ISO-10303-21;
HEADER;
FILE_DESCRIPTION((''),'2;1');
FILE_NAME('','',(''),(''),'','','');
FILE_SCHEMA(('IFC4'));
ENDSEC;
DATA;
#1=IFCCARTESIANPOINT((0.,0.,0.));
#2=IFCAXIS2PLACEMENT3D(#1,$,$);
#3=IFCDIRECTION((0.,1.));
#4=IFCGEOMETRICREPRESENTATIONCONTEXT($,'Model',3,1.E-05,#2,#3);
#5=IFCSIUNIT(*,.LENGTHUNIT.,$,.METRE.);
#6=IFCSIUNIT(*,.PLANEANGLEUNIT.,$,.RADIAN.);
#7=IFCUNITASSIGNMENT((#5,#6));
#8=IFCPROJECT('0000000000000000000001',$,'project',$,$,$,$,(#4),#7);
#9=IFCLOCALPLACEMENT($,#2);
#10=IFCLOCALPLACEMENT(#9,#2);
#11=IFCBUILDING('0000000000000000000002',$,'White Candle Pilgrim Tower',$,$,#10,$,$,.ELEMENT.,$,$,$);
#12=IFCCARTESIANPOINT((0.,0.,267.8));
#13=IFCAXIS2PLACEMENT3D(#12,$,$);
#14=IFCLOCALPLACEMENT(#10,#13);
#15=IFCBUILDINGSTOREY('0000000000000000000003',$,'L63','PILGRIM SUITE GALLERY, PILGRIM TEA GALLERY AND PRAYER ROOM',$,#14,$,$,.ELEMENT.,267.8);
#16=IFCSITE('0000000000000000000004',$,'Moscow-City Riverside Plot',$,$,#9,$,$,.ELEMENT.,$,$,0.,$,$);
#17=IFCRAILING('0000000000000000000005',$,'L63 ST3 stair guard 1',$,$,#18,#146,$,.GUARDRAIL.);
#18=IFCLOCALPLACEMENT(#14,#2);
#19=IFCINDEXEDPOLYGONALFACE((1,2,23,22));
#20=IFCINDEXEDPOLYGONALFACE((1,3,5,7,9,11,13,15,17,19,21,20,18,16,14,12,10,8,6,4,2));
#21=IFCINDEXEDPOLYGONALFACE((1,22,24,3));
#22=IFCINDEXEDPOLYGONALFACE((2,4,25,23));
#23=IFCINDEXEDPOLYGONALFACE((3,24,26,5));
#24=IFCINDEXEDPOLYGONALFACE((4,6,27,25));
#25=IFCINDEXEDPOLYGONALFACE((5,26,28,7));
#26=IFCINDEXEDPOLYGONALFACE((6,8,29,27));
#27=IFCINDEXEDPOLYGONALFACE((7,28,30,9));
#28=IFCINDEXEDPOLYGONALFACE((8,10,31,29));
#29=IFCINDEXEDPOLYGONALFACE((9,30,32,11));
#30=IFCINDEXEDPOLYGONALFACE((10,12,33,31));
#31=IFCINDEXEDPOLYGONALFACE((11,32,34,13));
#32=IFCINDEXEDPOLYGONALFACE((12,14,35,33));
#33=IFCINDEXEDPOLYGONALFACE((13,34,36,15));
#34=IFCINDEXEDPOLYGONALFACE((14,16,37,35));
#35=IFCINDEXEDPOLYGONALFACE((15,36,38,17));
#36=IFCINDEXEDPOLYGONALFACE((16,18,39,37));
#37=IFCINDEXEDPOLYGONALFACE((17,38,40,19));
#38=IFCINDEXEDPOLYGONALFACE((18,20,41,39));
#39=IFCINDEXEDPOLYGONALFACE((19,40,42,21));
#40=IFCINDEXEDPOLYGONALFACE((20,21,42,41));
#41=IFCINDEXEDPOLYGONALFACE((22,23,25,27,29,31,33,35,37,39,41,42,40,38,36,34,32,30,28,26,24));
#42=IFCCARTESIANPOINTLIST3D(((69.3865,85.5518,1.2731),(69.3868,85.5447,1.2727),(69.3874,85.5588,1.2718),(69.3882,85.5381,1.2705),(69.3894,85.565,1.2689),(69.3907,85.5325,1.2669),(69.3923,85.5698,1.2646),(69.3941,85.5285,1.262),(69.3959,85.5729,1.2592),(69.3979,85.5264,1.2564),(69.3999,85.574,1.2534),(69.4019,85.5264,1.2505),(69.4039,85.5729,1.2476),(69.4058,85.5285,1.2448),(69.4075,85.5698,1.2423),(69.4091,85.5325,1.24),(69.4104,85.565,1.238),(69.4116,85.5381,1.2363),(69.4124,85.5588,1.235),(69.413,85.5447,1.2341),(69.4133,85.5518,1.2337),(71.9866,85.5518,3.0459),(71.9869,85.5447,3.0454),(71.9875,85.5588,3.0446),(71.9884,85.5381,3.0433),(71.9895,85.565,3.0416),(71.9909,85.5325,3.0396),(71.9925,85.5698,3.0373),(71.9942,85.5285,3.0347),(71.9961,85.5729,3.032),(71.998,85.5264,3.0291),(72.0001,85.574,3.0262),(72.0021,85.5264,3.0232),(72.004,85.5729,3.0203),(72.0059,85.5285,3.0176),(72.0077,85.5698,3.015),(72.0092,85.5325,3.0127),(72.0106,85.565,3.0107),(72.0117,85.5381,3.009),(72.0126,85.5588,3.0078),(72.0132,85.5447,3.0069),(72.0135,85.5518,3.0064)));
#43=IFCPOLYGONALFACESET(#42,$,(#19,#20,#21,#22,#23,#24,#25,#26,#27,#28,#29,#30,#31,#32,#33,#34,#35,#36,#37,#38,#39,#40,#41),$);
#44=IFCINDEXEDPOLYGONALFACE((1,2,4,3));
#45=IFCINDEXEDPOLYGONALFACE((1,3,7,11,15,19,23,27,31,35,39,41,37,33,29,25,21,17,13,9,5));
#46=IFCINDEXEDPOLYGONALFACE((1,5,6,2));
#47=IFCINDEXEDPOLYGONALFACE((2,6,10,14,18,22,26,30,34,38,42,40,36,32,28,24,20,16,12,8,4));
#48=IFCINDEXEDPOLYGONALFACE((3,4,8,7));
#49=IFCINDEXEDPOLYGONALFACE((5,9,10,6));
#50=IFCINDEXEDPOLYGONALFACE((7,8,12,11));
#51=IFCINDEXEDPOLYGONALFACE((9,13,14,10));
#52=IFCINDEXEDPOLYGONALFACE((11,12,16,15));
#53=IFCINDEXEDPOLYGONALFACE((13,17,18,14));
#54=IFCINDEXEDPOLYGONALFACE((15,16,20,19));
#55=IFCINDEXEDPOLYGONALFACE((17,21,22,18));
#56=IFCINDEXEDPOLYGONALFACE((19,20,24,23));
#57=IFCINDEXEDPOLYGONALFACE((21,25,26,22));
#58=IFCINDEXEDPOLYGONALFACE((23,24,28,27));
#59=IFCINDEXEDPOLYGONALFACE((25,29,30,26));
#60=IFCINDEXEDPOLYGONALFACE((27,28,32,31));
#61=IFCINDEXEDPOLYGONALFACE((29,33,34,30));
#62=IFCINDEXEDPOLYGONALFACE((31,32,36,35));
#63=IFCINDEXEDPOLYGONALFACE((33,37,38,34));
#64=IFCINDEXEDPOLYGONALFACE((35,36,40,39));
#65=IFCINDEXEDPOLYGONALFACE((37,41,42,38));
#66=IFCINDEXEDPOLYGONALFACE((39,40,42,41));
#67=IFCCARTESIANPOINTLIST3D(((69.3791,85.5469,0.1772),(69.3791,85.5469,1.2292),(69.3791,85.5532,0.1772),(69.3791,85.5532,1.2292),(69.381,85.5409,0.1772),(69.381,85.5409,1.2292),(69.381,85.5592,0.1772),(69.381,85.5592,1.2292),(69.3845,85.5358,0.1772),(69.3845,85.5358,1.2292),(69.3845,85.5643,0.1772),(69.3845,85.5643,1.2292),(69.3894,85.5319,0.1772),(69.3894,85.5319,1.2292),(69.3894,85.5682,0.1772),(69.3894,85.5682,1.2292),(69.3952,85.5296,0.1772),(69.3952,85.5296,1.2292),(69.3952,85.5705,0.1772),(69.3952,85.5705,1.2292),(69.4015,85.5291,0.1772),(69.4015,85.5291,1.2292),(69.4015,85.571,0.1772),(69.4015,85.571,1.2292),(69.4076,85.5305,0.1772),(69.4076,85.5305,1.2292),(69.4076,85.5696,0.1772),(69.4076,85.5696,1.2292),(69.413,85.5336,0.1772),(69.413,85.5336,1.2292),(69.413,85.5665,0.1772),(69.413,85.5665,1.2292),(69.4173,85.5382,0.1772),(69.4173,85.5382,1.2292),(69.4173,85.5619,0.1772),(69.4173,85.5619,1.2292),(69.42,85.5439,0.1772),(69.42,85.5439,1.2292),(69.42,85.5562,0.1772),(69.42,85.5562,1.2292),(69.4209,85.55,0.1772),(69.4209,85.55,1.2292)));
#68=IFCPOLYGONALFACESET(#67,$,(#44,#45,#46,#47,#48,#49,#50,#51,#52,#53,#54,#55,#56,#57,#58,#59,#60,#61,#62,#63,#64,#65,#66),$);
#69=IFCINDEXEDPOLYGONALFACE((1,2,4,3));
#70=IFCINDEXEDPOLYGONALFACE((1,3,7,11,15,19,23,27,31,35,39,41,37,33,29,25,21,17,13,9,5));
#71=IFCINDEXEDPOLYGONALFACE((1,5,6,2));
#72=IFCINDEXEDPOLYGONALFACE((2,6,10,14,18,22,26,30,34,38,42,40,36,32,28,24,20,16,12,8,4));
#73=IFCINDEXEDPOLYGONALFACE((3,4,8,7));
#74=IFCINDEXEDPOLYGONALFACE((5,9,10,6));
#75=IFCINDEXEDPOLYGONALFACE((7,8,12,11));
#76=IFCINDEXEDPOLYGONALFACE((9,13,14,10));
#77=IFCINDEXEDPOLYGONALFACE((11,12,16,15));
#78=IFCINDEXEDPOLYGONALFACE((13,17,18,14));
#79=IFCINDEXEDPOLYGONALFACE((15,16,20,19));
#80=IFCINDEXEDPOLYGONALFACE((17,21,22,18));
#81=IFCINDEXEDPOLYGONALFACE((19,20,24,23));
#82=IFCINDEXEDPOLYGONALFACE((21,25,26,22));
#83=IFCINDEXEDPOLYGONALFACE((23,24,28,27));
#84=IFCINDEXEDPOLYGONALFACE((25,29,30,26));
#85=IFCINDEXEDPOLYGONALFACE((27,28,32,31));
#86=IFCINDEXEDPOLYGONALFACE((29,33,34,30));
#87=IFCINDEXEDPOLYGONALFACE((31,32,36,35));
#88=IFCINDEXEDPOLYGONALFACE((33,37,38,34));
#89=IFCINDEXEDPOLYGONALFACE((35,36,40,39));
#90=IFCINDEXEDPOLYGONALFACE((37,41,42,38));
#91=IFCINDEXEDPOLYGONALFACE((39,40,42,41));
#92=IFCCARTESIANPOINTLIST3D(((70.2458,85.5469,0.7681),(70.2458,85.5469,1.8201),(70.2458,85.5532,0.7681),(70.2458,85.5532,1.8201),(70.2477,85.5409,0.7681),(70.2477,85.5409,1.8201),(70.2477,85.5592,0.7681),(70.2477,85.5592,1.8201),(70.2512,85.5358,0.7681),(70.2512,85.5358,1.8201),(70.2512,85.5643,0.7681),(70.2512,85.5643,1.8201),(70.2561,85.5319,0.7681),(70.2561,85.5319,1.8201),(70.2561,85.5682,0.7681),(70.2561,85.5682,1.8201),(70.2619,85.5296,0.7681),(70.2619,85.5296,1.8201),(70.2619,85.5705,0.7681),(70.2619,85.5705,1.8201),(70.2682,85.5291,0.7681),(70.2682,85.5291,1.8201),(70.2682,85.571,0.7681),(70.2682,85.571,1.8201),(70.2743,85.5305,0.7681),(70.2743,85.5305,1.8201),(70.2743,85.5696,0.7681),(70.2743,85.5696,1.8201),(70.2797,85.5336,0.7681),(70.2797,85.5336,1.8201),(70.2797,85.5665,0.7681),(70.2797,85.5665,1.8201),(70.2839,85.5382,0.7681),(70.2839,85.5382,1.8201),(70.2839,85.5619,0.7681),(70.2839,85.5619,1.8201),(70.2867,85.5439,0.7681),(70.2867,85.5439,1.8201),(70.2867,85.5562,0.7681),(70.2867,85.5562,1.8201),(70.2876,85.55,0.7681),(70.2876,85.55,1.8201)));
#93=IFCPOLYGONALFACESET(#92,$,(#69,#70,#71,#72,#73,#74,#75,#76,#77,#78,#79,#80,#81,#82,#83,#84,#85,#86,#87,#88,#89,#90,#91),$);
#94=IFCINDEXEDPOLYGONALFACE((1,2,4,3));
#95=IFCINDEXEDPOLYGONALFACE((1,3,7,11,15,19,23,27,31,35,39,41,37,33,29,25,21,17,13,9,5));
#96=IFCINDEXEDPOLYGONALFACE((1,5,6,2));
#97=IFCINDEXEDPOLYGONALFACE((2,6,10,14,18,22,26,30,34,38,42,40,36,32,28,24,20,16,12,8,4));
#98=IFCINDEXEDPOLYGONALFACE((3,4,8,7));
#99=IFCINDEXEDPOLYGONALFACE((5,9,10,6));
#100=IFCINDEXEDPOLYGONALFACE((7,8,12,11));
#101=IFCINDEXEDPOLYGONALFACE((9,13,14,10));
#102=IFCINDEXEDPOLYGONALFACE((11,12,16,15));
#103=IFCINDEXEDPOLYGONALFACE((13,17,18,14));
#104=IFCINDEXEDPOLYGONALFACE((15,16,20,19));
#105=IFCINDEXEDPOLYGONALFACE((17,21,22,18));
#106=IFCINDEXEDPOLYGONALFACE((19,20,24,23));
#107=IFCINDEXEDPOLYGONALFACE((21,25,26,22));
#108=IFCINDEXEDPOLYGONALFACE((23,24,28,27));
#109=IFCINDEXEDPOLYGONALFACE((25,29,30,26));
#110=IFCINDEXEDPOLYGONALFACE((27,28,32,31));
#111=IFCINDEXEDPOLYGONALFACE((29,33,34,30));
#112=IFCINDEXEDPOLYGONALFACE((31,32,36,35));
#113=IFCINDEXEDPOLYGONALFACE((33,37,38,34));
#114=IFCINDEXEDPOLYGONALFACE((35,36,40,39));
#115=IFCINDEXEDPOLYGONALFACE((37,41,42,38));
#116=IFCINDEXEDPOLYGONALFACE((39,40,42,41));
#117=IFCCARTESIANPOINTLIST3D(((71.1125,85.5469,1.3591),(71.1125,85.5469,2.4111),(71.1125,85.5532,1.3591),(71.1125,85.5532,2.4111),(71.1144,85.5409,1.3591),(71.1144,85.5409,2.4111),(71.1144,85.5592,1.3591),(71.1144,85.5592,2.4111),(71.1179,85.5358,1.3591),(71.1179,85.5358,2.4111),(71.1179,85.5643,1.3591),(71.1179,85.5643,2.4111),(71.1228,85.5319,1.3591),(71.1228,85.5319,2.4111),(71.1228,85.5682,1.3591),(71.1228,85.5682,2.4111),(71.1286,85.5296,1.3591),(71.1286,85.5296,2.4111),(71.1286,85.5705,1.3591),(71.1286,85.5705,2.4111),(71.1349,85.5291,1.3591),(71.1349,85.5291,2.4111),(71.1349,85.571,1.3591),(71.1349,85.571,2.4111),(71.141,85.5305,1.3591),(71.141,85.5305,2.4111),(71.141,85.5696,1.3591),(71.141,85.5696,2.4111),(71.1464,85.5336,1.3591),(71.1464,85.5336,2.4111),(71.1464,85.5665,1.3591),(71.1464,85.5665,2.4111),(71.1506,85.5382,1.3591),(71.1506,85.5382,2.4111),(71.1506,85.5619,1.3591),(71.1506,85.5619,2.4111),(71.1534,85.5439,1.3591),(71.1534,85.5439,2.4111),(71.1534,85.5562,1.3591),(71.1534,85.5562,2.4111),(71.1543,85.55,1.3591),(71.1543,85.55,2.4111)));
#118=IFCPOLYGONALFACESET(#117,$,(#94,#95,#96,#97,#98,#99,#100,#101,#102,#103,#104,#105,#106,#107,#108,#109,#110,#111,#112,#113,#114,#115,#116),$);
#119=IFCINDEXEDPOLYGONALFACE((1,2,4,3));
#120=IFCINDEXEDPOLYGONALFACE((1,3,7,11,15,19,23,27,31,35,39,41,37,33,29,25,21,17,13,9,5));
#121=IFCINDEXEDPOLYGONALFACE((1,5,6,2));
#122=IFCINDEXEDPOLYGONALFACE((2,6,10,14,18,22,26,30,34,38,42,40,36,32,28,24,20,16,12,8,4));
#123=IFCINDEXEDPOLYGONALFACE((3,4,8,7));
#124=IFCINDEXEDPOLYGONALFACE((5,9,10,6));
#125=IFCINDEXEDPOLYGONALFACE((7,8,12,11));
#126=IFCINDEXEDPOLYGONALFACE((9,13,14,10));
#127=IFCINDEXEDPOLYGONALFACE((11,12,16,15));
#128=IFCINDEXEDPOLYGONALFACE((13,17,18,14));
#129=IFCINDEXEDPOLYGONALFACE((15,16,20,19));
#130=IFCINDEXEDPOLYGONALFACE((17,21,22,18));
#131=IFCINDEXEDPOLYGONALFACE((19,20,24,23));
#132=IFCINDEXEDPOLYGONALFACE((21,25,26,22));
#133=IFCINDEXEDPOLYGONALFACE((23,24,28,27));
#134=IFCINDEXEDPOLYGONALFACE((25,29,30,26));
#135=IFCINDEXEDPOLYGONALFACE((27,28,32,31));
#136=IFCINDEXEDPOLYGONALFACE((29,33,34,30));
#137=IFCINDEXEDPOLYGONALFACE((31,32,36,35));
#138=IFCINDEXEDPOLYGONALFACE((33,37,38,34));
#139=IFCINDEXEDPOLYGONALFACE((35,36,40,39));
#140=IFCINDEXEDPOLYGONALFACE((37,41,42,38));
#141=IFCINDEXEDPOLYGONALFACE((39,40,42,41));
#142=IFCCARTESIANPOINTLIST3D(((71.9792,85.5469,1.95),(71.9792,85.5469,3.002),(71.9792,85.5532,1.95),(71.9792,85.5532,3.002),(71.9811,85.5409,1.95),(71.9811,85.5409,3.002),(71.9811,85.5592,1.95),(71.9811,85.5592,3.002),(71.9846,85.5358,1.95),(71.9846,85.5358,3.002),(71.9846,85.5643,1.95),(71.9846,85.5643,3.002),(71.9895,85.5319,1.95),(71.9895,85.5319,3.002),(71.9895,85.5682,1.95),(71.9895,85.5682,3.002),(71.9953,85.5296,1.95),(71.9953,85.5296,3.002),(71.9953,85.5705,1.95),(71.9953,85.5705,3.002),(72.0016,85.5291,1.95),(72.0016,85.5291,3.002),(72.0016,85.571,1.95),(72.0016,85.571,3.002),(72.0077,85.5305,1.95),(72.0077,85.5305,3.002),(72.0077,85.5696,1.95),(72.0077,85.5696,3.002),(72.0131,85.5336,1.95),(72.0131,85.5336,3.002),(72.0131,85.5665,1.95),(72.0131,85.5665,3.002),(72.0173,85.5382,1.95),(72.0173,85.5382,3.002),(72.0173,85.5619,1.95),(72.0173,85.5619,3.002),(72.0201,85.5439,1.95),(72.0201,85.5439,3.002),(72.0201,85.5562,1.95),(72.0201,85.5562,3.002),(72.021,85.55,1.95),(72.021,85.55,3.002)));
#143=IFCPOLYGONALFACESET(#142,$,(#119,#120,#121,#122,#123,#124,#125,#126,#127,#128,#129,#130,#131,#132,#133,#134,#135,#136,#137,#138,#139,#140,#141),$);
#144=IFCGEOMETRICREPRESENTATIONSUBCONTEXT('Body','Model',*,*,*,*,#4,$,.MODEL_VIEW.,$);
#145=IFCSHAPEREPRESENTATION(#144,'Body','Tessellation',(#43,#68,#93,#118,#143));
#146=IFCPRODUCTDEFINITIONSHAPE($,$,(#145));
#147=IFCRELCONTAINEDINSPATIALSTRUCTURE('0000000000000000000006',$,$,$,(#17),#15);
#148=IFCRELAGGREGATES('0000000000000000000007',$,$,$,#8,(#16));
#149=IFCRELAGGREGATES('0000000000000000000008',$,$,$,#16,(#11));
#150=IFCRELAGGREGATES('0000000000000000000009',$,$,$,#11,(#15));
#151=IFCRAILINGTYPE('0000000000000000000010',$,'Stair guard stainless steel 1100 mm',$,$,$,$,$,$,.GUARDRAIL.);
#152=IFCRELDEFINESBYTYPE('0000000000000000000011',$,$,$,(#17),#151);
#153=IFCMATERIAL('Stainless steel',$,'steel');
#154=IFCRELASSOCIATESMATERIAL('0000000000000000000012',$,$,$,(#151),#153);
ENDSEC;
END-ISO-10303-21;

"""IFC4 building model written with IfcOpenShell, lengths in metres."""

from ifc_helpers import new_model, si_unit, direction, frame, origin, origin_2d, place, context, subcontext, project, spatial, circle, extrude, material, type_object, element, save


model = new_model("IFC4")

# Units and contexts
model_context = context("Model", 3, precision=1e-05, world=origin(), true_north=direction((0.0, 1.0)))
body_context = subcontext(model_context, "Body", "Model", "MODEL_VIEW")
ifc_project = project(units=[si_unit("LENGTHUNIT", "METRE"), si_unit("PLANEANGLEUNIT", "RADIAN")], contexts=[model_context])

# Site, building, storey
site_placement = place(None, origin())
site = spatial("IfcSite", under=ifc_project, at=site_placement, Name="Moscow-City Riverside Plot", CompositionType="ELEMENT", RefElevation=0.0)
building_placement = place(site_placement, origin())
building = spatial("IfcBuilding", under=site, at=building_placement, Name="White Candle Pilgrim Tower", CompositionType="ELEMENT")
storey_placement = place(building_placement, frame((0.0, 0.0, 267.8)))
storey = spatial("IfcBuildingStorey", under=building, at=storey_placement, Name="L63", Description="PILGRIM SUITE GALLERY, PILGRIM TEA GALLERY AND PRAYER ROOM", CompositionType="ELEMENT", Elevation=267.8)

# Railing
ifc_material_1 = material(Name="Stainless steel", Category="steel")
railing_type_1 = type_object("IfcRailingType", Name="Stair guard stainless steel 1100 mm", PredefinedType="GUARDRAIL", material=ifc_material_1)
railing_1_placement = place(storey_placement, frame((69.3999, 85.55, 0.1772)))
element("IfcRailing", 1, at=railing_1_placement, inside=storey, type_object=railing_type_1, Name="L63 ST3 stair guard 1", PredefinedType="GUARDRAIL", context=body_context, shape_type="SweptSolid", body=[
    extrude(circle(Radius=0.0239, at=origin_2d()), frame((0.0, 0.0, 1.0762), z_axis=(0.82624, 0.0, 0.563318), x_axis=(0.0, 1.0, 0.0)), (0.0, 0.0, 1.0), 3.147),
    extrude(circle(Radius=0.021, at=origin_2d()), origin(), (0.0, 0.0, 1.0), 1.052),
    extrude(circle(Radius=0.021, at=origin_2d()), frame((0.8667, 0.0, 0.5908)), (0.0, 0.0, 1.0), 1.052),
    extrude(circle(Radius=0.021, at=origin_2d()), frame((1.7334, 0.0, 1.1819)), (0.0, 0.0, 1.0), 1.052),
    extrude(circle(Radius=0.021, at=origin_2d()), frame((2.6001, 0.0, 1.7727)), (0.0, 0.0, 1.0), 1.052),
])

save(model, "model.ifc")
